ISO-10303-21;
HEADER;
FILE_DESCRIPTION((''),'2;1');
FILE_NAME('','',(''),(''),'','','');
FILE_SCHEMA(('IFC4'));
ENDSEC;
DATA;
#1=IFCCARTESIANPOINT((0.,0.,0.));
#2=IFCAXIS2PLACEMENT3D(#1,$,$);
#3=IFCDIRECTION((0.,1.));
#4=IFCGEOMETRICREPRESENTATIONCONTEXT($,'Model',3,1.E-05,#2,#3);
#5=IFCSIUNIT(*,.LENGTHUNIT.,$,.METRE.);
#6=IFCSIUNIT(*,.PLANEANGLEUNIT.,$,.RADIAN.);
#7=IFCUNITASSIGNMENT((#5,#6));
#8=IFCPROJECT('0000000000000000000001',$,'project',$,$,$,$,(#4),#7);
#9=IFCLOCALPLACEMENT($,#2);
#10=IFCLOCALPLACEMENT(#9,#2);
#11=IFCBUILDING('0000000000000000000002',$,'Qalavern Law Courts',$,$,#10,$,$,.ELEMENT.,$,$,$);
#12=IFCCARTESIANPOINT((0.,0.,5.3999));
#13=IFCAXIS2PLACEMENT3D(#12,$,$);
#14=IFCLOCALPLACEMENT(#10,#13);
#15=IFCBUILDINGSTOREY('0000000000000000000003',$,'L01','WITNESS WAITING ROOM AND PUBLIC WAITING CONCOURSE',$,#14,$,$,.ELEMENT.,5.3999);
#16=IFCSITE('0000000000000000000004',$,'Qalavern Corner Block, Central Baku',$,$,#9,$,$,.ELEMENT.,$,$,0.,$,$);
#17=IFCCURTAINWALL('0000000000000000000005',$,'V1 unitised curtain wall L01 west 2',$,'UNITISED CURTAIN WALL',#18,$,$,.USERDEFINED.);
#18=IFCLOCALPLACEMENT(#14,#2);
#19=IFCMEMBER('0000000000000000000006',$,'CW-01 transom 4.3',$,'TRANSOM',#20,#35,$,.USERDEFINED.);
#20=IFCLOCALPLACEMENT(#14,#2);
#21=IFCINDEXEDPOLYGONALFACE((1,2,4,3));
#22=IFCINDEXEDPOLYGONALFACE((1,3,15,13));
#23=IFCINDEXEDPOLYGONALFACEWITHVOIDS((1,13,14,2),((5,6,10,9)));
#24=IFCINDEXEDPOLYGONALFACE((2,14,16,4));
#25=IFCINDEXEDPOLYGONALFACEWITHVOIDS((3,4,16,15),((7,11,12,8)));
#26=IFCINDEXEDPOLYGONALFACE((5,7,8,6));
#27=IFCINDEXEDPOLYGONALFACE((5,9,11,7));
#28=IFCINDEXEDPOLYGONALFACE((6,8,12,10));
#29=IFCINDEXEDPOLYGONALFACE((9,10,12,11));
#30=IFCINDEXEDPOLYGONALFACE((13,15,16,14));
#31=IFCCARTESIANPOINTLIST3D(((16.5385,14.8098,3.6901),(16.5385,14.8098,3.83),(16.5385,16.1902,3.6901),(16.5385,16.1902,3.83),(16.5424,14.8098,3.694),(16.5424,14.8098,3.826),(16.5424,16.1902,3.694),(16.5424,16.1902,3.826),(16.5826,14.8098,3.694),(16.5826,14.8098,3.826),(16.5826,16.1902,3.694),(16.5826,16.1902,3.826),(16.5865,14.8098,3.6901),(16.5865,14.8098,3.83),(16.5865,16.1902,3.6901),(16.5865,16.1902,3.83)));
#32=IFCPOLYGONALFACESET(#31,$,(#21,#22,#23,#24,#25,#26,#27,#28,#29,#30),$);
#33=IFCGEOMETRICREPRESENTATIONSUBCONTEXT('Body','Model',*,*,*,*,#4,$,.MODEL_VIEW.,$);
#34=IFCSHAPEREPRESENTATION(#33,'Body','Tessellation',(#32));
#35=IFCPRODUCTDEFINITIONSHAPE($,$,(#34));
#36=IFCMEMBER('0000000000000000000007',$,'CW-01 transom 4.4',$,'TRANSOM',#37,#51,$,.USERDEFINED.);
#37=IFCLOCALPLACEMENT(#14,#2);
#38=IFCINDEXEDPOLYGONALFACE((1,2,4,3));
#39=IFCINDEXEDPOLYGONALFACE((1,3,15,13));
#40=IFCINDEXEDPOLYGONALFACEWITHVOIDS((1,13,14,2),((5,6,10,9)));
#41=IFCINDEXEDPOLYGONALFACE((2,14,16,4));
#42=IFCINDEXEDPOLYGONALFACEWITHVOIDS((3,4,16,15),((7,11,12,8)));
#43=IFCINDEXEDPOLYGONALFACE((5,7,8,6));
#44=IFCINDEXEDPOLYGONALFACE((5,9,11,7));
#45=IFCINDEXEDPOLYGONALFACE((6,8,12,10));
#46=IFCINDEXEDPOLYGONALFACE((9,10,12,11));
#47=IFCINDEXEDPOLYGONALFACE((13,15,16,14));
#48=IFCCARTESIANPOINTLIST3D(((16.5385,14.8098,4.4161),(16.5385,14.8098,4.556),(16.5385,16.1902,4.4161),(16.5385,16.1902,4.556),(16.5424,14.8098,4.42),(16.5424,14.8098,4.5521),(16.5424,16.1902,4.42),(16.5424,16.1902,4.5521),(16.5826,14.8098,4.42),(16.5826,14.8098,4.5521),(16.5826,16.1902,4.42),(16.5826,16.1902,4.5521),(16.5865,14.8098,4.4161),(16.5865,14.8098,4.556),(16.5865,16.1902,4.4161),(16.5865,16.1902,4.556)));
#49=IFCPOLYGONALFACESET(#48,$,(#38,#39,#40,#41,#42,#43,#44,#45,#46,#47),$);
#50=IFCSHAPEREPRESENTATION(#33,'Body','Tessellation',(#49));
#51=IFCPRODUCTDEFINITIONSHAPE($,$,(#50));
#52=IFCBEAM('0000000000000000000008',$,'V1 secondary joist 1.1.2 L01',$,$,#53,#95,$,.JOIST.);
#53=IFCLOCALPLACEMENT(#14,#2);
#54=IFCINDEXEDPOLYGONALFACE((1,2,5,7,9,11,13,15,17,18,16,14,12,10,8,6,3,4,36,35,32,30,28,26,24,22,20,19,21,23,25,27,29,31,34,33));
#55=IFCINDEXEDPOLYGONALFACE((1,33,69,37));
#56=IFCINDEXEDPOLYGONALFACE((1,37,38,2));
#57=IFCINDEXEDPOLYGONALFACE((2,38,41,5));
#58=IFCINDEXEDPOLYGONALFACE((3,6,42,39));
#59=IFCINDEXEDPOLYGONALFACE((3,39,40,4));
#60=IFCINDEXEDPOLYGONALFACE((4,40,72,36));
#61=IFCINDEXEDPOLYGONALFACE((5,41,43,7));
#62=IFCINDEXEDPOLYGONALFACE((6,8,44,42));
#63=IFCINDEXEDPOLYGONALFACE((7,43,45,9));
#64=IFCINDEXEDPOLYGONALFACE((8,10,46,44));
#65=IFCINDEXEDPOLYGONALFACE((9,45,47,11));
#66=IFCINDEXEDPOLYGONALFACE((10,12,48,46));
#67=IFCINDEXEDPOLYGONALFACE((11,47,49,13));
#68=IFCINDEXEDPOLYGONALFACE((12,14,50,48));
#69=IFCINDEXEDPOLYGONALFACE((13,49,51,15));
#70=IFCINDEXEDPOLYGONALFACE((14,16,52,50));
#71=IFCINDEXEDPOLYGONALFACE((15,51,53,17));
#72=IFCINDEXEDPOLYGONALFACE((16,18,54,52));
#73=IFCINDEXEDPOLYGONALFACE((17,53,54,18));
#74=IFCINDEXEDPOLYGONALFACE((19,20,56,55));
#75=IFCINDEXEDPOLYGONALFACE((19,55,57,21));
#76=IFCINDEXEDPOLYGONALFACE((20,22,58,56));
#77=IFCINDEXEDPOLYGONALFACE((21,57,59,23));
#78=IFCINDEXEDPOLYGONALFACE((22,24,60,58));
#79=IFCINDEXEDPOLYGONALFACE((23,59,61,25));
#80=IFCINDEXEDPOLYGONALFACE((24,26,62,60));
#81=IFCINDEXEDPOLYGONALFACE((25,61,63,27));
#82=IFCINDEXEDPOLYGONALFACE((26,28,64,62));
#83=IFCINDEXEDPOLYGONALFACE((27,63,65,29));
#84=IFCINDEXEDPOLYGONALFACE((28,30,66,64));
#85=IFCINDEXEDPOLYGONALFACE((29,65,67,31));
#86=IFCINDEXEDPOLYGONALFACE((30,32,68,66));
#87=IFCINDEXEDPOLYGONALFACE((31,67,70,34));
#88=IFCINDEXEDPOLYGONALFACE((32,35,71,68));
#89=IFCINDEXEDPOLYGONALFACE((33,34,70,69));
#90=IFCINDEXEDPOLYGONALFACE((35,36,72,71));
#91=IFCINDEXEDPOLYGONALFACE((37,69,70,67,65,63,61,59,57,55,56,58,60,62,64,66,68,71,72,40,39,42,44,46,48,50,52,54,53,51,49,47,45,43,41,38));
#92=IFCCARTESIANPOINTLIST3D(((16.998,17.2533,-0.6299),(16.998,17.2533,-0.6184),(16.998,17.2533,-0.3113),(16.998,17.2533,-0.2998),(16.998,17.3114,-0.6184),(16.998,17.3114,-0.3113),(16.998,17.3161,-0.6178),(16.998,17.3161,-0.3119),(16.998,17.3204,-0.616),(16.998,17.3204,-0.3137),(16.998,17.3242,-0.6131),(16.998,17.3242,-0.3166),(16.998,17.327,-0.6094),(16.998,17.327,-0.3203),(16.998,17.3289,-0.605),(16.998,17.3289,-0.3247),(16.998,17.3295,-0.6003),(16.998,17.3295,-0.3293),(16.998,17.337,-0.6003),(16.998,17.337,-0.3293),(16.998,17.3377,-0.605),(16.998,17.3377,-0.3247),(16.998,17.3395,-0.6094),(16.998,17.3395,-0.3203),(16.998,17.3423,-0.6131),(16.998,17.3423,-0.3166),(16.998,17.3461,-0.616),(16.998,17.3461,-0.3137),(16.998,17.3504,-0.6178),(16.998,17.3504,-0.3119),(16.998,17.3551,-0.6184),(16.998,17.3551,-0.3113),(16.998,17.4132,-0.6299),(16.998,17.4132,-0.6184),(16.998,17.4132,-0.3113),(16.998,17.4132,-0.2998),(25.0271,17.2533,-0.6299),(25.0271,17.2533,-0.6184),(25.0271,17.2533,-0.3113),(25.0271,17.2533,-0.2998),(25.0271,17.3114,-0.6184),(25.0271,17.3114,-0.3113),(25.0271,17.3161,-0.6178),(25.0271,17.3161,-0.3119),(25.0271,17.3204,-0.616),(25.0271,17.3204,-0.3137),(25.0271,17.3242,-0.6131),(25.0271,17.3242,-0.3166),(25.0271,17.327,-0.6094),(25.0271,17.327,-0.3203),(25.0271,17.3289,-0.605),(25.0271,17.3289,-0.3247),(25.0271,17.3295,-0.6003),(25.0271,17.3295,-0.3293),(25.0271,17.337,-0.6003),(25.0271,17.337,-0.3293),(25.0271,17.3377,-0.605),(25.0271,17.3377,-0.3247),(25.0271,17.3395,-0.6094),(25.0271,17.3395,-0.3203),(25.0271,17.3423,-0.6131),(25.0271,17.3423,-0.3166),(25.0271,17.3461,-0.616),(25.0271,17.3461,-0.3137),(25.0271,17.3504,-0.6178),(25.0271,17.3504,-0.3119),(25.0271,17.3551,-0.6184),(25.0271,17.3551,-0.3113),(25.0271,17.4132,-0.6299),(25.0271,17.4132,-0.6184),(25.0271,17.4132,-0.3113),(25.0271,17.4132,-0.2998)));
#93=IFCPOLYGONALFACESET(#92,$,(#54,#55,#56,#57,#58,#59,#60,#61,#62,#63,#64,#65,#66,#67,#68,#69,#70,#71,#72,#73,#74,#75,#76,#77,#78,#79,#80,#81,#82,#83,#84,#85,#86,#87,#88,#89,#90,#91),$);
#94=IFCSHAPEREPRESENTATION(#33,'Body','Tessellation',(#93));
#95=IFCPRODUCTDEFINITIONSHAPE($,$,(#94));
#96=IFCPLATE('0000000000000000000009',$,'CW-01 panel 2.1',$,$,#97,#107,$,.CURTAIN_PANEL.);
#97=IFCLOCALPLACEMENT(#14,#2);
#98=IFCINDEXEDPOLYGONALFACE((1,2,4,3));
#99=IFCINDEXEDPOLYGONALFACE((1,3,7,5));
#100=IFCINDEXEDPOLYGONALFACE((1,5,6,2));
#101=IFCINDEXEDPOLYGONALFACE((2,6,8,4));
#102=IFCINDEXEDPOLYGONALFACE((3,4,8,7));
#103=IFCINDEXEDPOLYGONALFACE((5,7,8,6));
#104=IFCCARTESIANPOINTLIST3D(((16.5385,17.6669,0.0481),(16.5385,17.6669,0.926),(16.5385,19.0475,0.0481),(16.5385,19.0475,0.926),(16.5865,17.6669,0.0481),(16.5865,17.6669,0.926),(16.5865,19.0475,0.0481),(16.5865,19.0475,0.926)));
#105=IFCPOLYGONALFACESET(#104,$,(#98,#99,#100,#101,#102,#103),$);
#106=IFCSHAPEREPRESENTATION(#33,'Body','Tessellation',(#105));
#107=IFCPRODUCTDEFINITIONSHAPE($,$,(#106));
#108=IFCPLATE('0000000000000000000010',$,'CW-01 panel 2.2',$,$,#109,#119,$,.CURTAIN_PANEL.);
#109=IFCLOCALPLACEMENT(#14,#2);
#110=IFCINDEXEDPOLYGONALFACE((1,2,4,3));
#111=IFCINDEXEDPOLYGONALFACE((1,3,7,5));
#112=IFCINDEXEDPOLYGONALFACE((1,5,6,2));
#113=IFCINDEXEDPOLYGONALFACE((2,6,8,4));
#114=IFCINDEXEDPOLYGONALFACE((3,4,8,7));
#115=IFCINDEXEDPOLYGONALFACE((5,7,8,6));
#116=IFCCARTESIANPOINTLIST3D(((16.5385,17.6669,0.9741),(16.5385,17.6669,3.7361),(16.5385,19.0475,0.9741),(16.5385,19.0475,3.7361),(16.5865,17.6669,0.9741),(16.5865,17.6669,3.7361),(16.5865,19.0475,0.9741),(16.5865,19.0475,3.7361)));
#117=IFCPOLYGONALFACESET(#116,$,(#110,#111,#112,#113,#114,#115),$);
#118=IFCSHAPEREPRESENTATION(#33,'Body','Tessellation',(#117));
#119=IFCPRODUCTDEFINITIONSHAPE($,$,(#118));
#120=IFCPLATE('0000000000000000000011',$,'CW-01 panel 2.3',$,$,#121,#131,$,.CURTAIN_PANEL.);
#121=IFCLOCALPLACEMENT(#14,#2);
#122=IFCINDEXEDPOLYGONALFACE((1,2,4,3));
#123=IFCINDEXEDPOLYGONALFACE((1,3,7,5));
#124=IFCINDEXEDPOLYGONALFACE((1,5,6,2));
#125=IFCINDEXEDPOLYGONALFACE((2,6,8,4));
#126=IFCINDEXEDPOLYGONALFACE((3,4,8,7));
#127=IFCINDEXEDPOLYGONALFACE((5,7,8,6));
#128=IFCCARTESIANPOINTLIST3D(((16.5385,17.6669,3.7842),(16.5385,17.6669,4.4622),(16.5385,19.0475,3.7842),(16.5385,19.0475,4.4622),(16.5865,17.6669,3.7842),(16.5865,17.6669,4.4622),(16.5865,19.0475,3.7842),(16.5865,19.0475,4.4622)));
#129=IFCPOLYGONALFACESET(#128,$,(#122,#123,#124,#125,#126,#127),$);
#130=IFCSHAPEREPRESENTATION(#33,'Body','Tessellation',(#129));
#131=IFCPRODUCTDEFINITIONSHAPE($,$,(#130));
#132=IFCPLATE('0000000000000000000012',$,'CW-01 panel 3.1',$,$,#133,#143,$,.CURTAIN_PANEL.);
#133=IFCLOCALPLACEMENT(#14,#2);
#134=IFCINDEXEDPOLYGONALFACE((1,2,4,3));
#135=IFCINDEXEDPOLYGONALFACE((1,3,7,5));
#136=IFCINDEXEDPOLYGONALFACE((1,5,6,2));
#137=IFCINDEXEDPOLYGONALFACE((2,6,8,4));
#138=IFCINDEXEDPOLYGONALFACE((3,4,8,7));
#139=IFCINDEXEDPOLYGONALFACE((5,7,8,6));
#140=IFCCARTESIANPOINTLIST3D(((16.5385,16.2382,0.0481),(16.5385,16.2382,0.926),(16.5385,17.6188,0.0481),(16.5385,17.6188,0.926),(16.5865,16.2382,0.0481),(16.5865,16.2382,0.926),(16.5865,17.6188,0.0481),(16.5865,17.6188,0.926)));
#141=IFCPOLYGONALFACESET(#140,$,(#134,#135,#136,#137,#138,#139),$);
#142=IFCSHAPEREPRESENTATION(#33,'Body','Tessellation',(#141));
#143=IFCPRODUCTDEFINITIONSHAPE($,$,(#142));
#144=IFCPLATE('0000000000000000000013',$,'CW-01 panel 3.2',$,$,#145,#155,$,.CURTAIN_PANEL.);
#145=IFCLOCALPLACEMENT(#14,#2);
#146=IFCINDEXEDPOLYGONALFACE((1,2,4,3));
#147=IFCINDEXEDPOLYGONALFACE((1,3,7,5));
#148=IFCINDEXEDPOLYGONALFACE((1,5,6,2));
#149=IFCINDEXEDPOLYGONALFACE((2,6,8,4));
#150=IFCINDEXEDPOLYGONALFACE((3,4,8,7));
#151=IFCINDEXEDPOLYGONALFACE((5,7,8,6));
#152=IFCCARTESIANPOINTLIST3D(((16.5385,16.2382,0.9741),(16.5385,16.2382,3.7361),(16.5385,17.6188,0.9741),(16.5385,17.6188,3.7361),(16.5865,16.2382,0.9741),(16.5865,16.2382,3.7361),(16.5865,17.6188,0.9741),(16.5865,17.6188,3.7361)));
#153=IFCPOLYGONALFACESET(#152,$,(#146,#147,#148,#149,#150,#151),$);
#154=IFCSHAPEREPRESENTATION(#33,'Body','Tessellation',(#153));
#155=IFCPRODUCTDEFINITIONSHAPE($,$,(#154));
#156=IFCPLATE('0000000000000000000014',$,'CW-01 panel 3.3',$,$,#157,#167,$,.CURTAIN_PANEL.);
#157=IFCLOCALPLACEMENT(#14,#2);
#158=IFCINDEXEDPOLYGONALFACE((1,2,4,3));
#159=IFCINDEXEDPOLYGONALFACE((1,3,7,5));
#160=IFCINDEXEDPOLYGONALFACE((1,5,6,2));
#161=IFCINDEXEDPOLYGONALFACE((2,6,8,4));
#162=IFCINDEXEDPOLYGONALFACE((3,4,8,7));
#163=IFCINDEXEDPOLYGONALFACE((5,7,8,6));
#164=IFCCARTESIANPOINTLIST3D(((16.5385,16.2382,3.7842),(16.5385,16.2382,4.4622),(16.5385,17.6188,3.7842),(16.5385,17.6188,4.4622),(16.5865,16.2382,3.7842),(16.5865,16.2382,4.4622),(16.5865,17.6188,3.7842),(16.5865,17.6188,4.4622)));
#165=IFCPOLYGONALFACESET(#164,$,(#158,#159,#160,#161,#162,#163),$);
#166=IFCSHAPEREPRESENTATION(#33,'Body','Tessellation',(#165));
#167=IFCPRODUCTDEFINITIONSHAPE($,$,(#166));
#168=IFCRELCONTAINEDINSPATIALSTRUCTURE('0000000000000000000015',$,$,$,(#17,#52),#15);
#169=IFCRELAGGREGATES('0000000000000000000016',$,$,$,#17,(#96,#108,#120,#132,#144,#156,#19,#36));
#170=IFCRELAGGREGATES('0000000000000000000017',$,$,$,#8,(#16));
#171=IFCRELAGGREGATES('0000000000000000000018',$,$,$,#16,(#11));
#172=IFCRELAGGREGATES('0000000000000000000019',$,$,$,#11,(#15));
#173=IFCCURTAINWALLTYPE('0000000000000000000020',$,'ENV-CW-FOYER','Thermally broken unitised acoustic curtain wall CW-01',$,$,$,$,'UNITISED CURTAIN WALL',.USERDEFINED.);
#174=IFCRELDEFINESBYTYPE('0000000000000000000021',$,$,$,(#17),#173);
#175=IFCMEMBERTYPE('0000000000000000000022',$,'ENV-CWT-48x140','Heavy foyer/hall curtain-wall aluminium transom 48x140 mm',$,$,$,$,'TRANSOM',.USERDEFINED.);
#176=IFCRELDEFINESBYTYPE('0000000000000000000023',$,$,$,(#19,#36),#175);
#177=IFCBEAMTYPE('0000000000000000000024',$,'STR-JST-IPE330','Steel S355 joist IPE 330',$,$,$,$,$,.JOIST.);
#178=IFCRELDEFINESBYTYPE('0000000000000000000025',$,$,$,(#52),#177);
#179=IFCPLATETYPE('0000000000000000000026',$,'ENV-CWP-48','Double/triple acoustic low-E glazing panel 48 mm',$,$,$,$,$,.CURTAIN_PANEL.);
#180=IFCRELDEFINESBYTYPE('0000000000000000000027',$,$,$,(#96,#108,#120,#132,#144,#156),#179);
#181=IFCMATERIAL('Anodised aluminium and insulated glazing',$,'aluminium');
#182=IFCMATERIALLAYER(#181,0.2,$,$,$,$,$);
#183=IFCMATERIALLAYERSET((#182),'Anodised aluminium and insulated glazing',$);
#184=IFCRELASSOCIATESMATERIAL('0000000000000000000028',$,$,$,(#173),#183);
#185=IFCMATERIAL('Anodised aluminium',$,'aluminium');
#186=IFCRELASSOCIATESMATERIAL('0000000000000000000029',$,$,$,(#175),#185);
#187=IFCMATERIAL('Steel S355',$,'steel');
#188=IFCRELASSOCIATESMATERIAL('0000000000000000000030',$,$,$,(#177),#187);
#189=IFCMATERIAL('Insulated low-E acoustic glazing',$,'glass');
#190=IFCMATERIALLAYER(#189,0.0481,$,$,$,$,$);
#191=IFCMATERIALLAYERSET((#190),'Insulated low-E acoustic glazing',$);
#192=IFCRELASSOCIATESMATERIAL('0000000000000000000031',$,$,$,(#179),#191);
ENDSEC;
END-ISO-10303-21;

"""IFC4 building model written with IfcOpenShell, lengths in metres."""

from ifc_helpers import new_model, si_unit, direction, frame, origin, origin_2d, place, context, subcontext, project, spatial, rectangle, hollow_rectangle, i_section, extrude, material, layer, layer_set, material_profile, profile_set, type_object, element, aggregate, save


model = new_model("IFC4")

# Units and contexts
model_context = context("Model", 3, precision=1e-05, world=origin(), true_north=direction((0.0, 1.0)))
body_context = subcontext(model_context, "Body", "Model", "MODEL_VIEW")
ifc_project = project(units=[si_unit("LENGTHUNIT", "METRE"), si_unit("PLANEANGLEUNIT", "RADIAN")], contexts=[model_context])

# Site, building, storey
site_placement = place(None, origin())
site = spatial("IfcSite", under=ifc_project, at=site_placement, Name="Qalavern Corner Block, Central Baku", CompositionType="ELEMENT", RefElevation=0.0)
building_placement = place(site_placement, origin())
building = spatial("IfcBuilding", under=site, at=building_placement, Name="Qalavern Law Courts", CompositionType="ELEMENT")
storey_placement = place(building_placement, frame((0.0, 0.0, 5.3999)))
storey = spatial("IfcBuildingStorey", under=building, at=storey_placement, Name="L01", Description="WITNESS WAITING ROOM AND PUBLIC WAITING CONCOURSE", CompositionType="ELEMENT", Elevation=5.3999)

# Curtain wall, members
ifc_material_1 = material(Name="Anodised aluminium and insulated glazing", Category="aluminium")
ifc_layer_1 = layer(ifc_material_1, 0.2)
ifc_layer_set_1 = layer_set([ifc_layer_1], Name="Anodised aluminium and insulated glazing")
curtain_wall_type = type_object("IfcCurtainWallType", Name="ENV-CW-FOYER", Description="Thermally broken unitised acoustic curtain wall CW-01", ElementType="UNITISED CURTAIN WALL", PredefinedType="USERDEFINED", material=ifc_layer_set_1)
curtain_wall_placement = place(storey_placement, origin())
curtain_wall = element("IfcCurtainWall", 1, at=curtain_wall_placement, inside=storey, type_object=curtain_wall_type, Name="V1 unitised curtain wall L01 west 2", ObjectType="UNITISED CURTAIN WALL", PredefinedType="USERDEFINED")
ifc_material_2 = material(Name="Anodised aluminium", Category="aluminium")
ifc_material_profile_1 = material_profile(ifc_material_2, hollow_rectangle(XDim=0.0481, YDim=0.1399, WallThickness=0.0039, at=origin_2d()), Name="ALU TRANSOM 48x140")
ifc_profile_set_1 = profile_set([ifc_material_profile_1], Name="Anodised aluminium")
member_type_1 = type_object("IfcMemberType", Name="ENV-CWT-48x140", Description="Heavy foyer/hall curtain-wall aluminium transom 48x140 mm", ElementType="TRANSOM", PredefinedType="USERDEFINED", material=ifc_profile_set_1)
member_1_placement = place(storey_placement, frame((16.5625, 16.1902, 3.76), z_axis=(0.0, -1.0, 0.0), x_axis=(1.0, 0.0, 0.0)))
member_1 = element("IfcMember", 2, at=member_1_placement, type_object=member_type_1, Name="CW-01 transom 4.3", ObjectType="TRANSOM", PredefinedType="USERDEFINED", context=body_context, shape_type="SweptSolid", body=[
    extrude(hollow_rectangle(XDim=0.0481, YDim=0.1399, WallThickness=0.0039, at=origin_2d()), origin(), (0.0, 0.0, 1.0), 1.3804),
])
member_2_placement = place(storey_placement, frame((16.5625, 16.1902, 4.4861), z_axis=(0.0, -1.0, 0.0), x_axis=(1.0, 0.0, 0.0)))
member_2 = element("IfcMember", 3, at=member_2_placement, type_object=member_type_1, Name="CW-01 transom 4.4", ObjectType="TRANSOM", PredefinedType="USERDEFINED", context=body_context, shape_type="SweptSolid", body=[
    extrude(hollow_rectangle(XDim=0.0481, YDim=0.1399, WallThickness=0.0039, at=origin_2d()), origin(), (0.0, 0.0, 1.0), 1.3804),
])

# Beam
ifc_material_3 = material(Name="Steel S355", Category="steel")
ifc_material_profile_2 = material_profile(ifc_material_3, i_section(OverallWidth=0.1599, OverallDepth=0.3301, WebThickness=0.0076, FlangeThickness=0.0115, FilletRadius=0.0181, at=origin_2d()), Name="IPE 330")
ifc_profile_set_2 = profile_set([ifc_material_profile_2], Name="Steel S355")
beam_type = type_object("IfcBeamType", Name="STR-JST-IPE330", Description="Steel S355 joist IPE 330", PredefinedType="JOIST", material=ifc_profile_set_2)
beam_placement = place(storey_placement, frame((16.998, 17.3333, -0.4648), z_axis=(1.0, 0.0, 0.0), x_axis=(0.0, 1.0, 0.0)))
element("IfcBeam", 4, at=beam_placement, inside=storey, type_object=beam_type, Name="V1 secondary joist 1.1.2 L01", PredefinedType="JOIST", context=body_context, shape_type="SweptSolid", body=[
    extrude(i_section(OverallWidth=0.1599, OverallDepth=0.3301, WebThickness=0.0076, FlangeThickness=0.0115, FilletRadius=0.0181, at=origin_2d()), origin(), (0.0, 0.0, 1.0), 8.0291),
])

# Plates
ifc_material_4 = material(Name="Insulated low-E acoustic glazing", Category="glass")
ifc_layer_2 = layer(ifc_material_4, 0.0481)
ifc_layer_set_2 = layer_set([ifc_layer_2], Name="Insulated low-E acoustic glazing")
plate_type = type_object("IfcPlateType", Name="ENV-CWP-48", Description="Double/triple acoustic low-E glazing panel 48 mm", PredefinedType="CURTAIN_PANEL", material=ifc_layer_set_2)
plate_1_placement = place(storey_placement, frame((16.5625, 18.3572, 0.0481), z_axis=(0.0, 0.0, 1.0), x_axis=(0.0, -1.0, 0.0)))
plate_1 = element("IfcPlate", 5, at=plate_1_placement, type_object=plate_type, Name="CW-01 panel 2.1", PredefinedType="CURTAIN_PANEL", context=body_context, shape_type="SweptSolid", body=[
    extrude(rectangle(XDim=1.3806, YDim=0.0481, at=origin_2d()), origin(), (0.0, 0.0, 1.0), 0.8779),
])
plate_2_placement = place(storey_placement, frame((16.5625, 18.3572, 0.9741), z_axis=(0.0, 0.0, 1.0), x_axis=(0.0, -1.0, 0.0)))
plate_2 = element("IfcPlate", 6, at=plate_2_placement, type_object=plate_type, Name="CW-01 panel 2.2", PredefinedType="CURTAIN_PANEL", context=body_context, shape_type="SweptSolid", body=[
    extrude(rectangle(XDim=1.3806, YDim=0.0481, at=origin_2d()), origin(), (0.0, 0.0, 1.0), 2.762),
])
plate_3_placement = place(storey_placement, frame((16.5625, 18.3572, 3.7842), z_axis=(0.0, 0.0, 1.0), x_axis=(0.0, -1.0, 0.0)))
plate_3 = element("IfcPlate", 7, at=plate_3_placement, type_object=plate_type, Name="CW-01 panel 2.3", PredefinedType="CURTAIN_PANEL", context=body_context, shape_type="SweptSolid", body=[
    extrude(rectangle(XDim=1.3806, YDim=0.0481, at=origin_2d()), origin(), (0.0, 0.0, 1.0), 0.678),
])
plate_4_placement = place(storey_placement, frame((16.5625, 16.9285, 0.0481), z_axis=(0.0, 0.0, 1.0), x_axis=(0.0, -1.0, 0.0)))
plate_4 = element("IfcPlate", 8, at=plate_4_placement, type_object=plate_type, Name="CW-01 panel 3.1", PredefinedType="CURTAIN_PANEL", context=body_context, shape_type="SweptSolid", body=[
    extrude(rectangle(XDim=1.3806, YDim=0.0481, at=origin_2d()), origin(), (0.0, 0.0, 1.0), 0.8779),
])
plate_5_placement = place(storey_placement, frame((16.5625, 16.9285, 0.9741), z_axis=(0.0, 0.0, 1.0), x_axis=(0.0, -1.0, 0.0)))
plate_5 = element("IfcPlate", 9, at=plate_5_placement, type_object=plate_type, Name="CW-01 panel 3.2", PredefinedType="CURTAIN_PANEL", context=body_context, shape_type="SweptSolid", body=[
    extrude(rectangle(XDim=1.3806, YDim=0.0481, at=origin_2d()), origin(), (0.0, 0.0, 1.0), 2.762),
])
plate_6_placement = place(storey_placement, frame((16.5625, 16.9285, 3.7842), z_axis=(0.0, 0.0, 1.0), x_axis=(0.0, -1.0, 0.0)))
plate_6 = element("IfcPlate", 10, at=plate_6_placement, type_object=plate_type, Name="CW-01 panel 3.3", PredefinedType="CURTAIN_PANEL", context=body_context, shape_type="SweptSolid", body=[
    extrude(rectangle(XDim=1.3806, YDim=0.0481, at=origin_2d()), origin(), (0.0, 0.0, 1.0), 0.678),
])
aggregate(curtain_wall, [plate_1, plate_2, plate_3, plate_4, plate_5, plate_6, member_1, member_2])

save(model, "model.ifc")
